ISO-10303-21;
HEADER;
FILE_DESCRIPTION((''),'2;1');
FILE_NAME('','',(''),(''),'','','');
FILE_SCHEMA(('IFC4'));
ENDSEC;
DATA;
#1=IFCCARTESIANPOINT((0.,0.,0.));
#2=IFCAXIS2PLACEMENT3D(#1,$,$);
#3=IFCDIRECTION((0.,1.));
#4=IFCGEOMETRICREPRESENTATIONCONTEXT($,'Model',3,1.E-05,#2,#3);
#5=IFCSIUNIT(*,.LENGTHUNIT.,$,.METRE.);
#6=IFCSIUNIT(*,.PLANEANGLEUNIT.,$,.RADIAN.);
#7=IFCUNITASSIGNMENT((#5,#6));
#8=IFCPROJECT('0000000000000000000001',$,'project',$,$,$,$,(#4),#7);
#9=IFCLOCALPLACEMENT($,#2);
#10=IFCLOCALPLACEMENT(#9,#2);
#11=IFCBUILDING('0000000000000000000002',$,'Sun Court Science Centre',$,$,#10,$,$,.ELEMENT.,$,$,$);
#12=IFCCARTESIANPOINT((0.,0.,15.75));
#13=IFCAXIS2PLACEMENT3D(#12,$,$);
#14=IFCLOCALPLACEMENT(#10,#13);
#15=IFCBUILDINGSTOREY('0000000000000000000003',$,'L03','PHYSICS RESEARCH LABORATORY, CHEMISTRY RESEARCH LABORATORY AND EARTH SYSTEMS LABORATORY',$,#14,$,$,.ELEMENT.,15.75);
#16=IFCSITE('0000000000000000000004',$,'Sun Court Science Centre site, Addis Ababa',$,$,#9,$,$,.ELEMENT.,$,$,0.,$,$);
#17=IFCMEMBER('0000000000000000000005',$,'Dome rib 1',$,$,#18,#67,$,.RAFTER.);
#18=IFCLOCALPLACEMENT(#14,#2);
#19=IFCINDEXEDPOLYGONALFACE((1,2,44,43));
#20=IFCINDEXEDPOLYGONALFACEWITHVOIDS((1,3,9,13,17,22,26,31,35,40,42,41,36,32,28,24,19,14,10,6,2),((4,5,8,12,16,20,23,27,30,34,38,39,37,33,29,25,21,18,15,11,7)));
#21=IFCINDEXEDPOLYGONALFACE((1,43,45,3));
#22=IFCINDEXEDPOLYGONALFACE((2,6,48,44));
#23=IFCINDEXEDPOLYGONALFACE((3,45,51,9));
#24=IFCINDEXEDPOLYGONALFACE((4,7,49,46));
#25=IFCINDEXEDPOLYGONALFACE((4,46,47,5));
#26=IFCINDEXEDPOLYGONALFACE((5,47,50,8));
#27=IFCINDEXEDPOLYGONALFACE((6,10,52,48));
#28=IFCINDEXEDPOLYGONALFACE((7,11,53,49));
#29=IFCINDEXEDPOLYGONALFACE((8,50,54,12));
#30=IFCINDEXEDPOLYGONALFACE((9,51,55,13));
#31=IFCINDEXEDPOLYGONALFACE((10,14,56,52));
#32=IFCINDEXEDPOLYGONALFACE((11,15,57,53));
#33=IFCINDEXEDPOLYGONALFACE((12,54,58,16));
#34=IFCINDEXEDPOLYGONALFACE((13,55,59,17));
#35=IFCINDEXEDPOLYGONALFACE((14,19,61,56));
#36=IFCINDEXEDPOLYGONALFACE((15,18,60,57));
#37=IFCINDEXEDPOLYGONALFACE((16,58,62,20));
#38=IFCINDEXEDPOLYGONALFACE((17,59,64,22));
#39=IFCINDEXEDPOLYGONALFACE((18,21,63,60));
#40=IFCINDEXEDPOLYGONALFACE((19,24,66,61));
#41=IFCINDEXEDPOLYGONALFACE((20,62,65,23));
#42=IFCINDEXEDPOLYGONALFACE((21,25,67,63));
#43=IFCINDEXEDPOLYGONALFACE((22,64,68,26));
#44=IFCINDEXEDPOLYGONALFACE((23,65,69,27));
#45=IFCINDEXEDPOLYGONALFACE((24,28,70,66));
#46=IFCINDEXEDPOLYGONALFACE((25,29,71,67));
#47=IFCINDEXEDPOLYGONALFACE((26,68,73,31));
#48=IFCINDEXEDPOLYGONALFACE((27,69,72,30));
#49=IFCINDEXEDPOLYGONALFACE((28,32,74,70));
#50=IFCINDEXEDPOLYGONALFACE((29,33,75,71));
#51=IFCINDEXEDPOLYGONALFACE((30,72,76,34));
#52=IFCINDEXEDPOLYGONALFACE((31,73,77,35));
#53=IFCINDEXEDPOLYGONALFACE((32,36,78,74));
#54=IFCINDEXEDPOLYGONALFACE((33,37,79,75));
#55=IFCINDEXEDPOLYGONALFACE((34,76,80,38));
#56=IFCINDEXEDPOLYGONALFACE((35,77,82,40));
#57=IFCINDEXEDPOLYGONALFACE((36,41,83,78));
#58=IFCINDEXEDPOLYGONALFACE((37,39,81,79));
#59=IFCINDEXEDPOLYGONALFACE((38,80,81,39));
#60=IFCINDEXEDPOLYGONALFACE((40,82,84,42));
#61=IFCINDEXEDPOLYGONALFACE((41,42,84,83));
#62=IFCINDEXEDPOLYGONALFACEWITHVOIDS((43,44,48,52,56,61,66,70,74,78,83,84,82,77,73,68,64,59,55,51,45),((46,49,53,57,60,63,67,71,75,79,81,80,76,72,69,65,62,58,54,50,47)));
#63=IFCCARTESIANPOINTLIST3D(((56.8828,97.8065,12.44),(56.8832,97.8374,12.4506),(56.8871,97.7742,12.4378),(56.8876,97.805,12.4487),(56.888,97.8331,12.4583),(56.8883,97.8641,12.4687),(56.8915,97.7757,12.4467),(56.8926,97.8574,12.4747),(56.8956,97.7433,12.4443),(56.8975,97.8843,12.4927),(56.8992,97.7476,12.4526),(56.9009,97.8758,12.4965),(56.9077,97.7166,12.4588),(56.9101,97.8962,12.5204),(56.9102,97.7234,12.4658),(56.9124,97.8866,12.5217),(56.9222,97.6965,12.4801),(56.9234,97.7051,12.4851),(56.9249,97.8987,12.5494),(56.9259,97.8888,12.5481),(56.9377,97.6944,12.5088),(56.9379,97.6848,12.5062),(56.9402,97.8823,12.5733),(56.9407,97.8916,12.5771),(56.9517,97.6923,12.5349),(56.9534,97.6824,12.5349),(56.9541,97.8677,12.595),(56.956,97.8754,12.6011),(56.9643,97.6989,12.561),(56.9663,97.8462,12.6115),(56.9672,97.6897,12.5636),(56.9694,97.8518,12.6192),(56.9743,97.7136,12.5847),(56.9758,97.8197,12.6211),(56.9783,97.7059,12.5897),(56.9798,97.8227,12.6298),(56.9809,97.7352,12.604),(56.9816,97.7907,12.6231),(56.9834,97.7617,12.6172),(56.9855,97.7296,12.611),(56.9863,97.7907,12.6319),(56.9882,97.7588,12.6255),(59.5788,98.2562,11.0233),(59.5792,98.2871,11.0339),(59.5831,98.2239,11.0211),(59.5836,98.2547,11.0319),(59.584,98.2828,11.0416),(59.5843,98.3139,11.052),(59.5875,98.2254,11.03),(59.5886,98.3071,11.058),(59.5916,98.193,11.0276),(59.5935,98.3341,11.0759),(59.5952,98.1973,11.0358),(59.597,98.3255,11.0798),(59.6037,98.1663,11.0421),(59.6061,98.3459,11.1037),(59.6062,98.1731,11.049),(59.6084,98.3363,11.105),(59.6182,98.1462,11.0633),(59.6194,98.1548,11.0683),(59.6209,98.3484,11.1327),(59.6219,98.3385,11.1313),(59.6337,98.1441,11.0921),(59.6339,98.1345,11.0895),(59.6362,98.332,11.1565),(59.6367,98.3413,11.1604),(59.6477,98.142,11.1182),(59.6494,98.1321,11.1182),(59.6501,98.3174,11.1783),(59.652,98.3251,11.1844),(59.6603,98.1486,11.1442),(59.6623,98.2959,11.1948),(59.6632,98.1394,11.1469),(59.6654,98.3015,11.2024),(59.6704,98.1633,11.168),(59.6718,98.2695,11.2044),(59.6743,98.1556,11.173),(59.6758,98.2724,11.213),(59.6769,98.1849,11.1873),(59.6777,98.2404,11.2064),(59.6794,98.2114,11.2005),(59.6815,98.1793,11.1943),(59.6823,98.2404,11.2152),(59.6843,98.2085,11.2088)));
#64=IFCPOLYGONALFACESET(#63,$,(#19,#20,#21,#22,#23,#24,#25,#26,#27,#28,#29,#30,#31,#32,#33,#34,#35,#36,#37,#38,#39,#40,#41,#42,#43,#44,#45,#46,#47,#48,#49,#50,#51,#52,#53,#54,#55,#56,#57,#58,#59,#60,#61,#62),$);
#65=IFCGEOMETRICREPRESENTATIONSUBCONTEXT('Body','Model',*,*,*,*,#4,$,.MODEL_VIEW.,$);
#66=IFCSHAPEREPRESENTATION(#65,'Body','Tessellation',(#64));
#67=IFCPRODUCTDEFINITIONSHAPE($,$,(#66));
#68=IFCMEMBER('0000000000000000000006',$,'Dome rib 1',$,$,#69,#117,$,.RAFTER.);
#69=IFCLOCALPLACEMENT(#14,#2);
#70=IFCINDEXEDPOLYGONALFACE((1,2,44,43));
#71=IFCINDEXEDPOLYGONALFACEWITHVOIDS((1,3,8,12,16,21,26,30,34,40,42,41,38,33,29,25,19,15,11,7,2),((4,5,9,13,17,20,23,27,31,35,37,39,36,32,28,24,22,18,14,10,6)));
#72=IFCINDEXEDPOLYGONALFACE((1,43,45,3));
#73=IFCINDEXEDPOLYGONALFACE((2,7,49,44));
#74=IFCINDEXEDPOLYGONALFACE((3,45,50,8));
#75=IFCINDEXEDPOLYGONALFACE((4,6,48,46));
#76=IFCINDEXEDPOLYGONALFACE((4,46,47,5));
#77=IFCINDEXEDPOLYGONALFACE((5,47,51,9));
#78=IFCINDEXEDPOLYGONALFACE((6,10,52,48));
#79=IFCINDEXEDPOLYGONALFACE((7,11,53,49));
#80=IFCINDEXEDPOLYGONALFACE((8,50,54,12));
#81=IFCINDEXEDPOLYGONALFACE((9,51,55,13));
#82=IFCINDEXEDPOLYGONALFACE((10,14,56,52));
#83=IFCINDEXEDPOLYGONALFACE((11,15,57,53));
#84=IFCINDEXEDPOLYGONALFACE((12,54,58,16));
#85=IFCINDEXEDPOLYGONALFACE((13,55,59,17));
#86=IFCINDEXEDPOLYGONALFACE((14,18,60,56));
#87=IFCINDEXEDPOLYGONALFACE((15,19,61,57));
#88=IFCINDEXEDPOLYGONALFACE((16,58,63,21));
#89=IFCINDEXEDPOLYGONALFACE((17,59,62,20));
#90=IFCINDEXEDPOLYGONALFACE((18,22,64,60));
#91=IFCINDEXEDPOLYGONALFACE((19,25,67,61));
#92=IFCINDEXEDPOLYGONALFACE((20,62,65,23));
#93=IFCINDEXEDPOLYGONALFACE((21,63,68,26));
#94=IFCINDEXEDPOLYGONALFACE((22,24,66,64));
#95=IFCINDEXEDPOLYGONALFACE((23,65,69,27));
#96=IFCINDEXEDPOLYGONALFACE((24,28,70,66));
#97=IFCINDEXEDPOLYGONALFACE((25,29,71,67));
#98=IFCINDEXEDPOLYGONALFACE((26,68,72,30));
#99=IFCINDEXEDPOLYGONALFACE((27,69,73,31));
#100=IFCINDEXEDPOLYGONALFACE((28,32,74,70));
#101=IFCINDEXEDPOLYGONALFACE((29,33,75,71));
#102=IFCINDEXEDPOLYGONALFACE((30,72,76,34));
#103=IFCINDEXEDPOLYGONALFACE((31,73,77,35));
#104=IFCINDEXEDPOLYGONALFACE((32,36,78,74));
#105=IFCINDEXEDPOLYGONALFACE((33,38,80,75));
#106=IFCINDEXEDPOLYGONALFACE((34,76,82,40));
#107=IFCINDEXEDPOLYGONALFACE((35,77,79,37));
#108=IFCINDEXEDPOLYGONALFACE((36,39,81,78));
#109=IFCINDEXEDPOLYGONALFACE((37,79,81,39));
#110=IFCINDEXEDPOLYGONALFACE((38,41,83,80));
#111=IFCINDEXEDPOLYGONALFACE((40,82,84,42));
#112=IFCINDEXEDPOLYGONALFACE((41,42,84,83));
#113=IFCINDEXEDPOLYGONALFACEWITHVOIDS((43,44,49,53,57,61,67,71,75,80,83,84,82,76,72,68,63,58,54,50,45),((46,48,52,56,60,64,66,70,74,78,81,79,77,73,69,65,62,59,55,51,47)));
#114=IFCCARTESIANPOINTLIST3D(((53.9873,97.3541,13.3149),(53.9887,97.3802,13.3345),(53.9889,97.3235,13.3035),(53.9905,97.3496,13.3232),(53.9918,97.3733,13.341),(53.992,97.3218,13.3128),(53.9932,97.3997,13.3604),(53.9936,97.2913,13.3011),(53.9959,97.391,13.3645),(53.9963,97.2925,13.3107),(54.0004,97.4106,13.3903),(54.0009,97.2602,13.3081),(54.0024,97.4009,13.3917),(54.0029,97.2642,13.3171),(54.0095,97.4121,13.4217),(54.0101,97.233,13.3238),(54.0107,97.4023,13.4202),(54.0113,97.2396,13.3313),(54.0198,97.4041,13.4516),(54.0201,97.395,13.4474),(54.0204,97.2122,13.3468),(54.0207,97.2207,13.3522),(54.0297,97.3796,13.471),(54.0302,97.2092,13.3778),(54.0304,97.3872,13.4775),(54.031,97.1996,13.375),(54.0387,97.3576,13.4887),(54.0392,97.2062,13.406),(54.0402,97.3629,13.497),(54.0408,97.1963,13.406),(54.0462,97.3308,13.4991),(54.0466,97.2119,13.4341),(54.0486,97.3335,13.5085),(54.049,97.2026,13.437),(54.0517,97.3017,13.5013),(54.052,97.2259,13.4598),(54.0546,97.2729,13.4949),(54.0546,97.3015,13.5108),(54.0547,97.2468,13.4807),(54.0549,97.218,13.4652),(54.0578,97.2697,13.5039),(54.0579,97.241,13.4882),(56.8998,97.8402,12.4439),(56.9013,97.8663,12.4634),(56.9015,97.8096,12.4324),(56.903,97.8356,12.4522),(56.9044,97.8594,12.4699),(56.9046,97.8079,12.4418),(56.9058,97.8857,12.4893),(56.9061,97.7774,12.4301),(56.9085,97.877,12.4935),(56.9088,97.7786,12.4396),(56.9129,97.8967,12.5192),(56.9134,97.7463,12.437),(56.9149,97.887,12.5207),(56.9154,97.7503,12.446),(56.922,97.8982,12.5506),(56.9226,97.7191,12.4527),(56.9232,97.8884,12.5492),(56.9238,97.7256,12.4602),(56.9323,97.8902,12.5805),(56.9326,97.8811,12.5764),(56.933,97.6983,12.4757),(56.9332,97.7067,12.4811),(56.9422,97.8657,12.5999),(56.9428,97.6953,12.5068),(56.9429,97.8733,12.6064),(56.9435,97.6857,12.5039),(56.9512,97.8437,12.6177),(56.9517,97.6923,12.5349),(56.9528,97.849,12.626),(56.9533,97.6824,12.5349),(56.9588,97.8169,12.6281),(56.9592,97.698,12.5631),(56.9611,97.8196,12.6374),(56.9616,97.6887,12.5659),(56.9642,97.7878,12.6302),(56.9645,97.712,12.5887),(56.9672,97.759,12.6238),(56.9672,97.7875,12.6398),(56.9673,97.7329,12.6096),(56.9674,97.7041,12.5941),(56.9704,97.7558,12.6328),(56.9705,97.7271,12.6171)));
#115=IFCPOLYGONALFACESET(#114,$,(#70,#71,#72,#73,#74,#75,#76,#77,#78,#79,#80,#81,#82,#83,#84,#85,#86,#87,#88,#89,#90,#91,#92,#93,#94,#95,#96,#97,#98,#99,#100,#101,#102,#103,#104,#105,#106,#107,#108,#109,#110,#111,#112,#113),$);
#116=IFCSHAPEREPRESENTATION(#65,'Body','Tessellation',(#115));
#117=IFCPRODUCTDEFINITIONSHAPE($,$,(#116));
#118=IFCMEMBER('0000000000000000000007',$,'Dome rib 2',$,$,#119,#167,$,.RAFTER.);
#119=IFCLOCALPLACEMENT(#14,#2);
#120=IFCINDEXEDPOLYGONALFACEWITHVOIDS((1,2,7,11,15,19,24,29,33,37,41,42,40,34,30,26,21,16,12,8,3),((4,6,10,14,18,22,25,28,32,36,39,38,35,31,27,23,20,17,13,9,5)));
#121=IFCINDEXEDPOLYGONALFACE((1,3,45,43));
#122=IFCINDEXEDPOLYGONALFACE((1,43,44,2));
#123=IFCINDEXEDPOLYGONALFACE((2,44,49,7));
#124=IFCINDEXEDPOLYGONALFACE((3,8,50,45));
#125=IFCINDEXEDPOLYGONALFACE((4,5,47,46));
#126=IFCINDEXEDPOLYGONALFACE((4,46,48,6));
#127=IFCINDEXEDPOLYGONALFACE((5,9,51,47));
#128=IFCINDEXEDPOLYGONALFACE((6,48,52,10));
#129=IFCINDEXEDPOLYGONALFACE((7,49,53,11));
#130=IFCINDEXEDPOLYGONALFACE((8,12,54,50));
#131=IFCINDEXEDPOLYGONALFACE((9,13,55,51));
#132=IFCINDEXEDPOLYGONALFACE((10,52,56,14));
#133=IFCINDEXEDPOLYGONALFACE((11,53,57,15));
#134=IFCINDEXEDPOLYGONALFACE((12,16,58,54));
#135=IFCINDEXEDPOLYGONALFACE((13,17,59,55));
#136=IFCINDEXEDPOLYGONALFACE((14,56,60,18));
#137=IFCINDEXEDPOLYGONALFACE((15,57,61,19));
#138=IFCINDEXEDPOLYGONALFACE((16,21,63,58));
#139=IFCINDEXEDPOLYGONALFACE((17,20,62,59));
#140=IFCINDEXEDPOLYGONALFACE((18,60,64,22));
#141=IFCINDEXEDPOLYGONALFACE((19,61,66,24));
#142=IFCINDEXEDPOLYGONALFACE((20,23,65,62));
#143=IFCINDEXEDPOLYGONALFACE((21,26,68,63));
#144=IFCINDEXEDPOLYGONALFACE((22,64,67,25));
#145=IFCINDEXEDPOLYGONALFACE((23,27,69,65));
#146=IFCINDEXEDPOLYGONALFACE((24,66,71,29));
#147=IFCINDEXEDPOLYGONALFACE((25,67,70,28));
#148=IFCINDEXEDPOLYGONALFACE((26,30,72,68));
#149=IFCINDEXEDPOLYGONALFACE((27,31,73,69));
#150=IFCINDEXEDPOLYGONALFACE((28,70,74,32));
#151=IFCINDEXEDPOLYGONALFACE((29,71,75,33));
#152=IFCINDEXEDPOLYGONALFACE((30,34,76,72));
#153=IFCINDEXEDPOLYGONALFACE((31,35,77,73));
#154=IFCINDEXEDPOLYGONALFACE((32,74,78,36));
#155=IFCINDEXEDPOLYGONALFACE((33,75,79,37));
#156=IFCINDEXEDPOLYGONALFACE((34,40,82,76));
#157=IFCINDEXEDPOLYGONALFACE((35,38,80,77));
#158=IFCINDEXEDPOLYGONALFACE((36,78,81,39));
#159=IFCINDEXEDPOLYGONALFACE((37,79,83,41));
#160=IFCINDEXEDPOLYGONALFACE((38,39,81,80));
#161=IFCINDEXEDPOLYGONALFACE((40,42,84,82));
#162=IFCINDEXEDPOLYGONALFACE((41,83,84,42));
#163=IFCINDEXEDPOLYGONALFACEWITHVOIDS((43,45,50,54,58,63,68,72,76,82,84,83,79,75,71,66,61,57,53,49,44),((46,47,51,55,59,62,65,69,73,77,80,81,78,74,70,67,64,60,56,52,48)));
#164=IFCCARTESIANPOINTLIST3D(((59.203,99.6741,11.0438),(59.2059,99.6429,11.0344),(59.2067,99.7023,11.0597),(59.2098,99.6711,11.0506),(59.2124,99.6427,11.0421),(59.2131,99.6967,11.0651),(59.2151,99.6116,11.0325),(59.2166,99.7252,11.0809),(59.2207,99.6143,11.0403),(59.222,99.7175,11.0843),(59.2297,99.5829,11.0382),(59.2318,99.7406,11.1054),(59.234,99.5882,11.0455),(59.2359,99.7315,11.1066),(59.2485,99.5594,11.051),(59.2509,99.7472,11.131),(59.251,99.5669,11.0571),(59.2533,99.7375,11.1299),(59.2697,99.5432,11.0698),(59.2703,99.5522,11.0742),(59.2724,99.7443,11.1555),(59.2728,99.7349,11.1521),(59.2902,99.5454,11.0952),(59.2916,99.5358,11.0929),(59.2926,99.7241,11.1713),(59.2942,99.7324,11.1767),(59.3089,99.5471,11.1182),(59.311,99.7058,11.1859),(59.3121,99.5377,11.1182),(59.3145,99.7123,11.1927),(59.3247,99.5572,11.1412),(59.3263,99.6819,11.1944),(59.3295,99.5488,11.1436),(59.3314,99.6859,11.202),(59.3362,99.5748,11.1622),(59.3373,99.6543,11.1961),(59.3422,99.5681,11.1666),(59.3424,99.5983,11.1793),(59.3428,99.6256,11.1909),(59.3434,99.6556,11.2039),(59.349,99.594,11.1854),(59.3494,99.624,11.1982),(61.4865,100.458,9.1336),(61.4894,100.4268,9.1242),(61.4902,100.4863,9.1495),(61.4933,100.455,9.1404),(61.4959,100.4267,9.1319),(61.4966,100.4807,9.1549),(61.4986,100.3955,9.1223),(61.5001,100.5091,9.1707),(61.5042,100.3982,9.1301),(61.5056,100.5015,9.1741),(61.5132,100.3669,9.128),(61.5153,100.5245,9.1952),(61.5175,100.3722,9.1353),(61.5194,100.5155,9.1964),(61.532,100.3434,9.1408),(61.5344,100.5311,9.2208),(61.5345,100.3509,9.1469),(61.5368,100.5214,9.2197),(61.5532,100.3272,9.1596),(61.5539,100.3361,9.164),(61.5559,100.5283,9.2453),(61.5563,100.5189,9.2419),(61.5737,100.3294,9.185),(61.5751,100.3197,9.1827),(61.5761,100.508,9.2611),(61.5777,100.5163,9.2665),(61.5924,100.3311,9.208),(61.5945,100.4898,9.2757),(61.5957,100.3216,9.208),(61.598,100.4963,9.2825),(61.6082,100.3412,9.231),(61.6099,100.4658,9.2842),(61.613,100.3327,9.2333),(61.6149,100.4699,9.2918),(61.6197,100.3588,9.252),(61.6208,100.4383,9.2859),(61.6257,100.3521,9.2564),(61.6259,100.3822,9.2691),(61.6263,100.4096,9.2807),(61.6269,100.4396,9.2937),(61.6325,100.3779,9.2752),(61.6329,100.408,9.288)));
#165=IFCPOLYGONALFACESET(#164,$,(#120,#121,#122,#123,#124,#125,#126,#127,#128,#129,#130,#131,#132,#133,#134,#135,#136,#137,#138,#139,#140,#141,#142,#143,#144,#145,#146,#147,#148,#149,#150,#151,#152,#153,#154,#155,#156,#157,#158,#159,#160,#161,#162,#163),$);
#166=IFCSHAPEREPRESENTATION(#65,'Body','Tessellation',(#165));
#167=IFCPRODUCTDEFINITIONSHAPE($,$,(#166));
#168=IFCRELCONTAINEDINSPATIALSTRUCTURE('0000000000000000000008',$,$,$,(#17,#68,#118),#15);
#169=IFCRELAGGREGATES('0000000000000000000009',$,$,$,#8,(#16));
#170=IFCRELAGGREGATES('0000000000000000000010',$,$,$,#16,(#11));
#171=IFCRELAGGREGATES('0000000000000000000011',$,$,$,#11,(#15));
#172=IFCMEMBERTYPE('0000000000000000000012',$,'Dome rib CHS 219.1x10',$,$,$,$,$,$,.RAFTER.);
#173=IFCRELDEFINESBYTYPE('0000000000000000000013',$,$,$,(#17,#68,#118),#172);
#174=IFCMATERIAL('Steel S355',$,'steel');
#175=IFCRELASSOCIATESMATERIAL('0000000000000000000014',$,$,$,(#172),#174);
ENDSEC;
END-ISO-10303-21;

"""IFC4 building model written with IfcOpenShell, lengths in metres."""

from ifc_helpers import new_model, si_unit, direction, frame, origin, origin_2d, place, context, subcontext, project, spatial, hollow_circle, extrude, material, material_profile, profile_set, type_object, element, save


model = new_model("IFC4")

# Units and contexts
model_context = context("Model", 3, precision=1e-05, world=origin(), true_north=direction((0.0, 1.0)))
body_context = subcontext(model_context, "Body", "Model", "MODEL_VIEW")
ifc_project = project(units=[si_unit("LENGTHUNIT", "METRE"), si_unit("PLANEANGLEUNIT", "RADIAN")], contexts=[model_context])

# Site, building, storey
site_placement = place(None, origin())
site = spatial("IfcSite", under=ifc_project, at=site_placement, Name="Sun Court Science Centre site, Addis Ababa", CompositionType="ELEMENT", RefElevation=0.0)
building_placement = place(site_placement, origin())
building = spatial("IfcBuilding", under=site, at=building_placement, Name="Sun Court Science Centre", CompositionType="ELEMENT")
storey_placement = place(building_placement, frame((0.0, 0.0, 15.75)))
storey = spatial("IfcBuildingStorey", under=building, at=storey_placement, Name="L03", Description="PHYSICS RESEARCH LABORATORY, CHEMISTRY RESEARCH LABORATORY AND EARTH SYSTEMS LABORATORY", CompositionType="ELEMENT", Elevation=15.75)

# Members
ifc_material_1 = material(Name="Steel S355", Category="steel")
ifc_material_profile_1 = material_profile(ifc_material_1, hollow_circle(Radius=0.1096, WallThickness=0.01, at=origin_2d()), Name="CHS 219.1x10")
ifc_profile_set_1 = profile_set([ifc_material_profile_1], Name="Steel S355")
member_type_1 = type_object("IfcMemberType", Name="Dome rib CHS 219.1x10", PredefinedType="RAFTER", material=ifc_profile_set_1)
for number, where, z_axis, x_axis, name in (
    (1, (59.6313, 98.2402, 11.1182), (-0.875724, -0.146073, 0.460185), (0.164529, -0.986372, 0.0), "Dome rib 1"),
    (2, (56.9353, 97.7905, 12.5349), (-0.946052, -0.157887, 0.282943), (0.164614, -0.986358, 0.0), "Dome rib 1"),
    (3, (61.5601, 100.4253, 9.208), (-0.741732, -0.254646, 0.620476), (0.32471, -0.945814, 0.0), "Dome rib 2"),
):
    element("IfcMember", number, at=place(storey_placement, frame(where, z_axis=z_axis, x_axis=x_axis)), inside=storey, type_object=member_type_1, Name=name, PredefinedType="RAFTER", context=body_context, shape_type="SweptSolid", body=[
        extrude(hollow_circle(Radius=0.1096, WallThickness=0.01, at=origin_2d()), origin(), (0.0, 0.0, 1.0), 3.0786),
    ])

save(model, "model.ifc")
